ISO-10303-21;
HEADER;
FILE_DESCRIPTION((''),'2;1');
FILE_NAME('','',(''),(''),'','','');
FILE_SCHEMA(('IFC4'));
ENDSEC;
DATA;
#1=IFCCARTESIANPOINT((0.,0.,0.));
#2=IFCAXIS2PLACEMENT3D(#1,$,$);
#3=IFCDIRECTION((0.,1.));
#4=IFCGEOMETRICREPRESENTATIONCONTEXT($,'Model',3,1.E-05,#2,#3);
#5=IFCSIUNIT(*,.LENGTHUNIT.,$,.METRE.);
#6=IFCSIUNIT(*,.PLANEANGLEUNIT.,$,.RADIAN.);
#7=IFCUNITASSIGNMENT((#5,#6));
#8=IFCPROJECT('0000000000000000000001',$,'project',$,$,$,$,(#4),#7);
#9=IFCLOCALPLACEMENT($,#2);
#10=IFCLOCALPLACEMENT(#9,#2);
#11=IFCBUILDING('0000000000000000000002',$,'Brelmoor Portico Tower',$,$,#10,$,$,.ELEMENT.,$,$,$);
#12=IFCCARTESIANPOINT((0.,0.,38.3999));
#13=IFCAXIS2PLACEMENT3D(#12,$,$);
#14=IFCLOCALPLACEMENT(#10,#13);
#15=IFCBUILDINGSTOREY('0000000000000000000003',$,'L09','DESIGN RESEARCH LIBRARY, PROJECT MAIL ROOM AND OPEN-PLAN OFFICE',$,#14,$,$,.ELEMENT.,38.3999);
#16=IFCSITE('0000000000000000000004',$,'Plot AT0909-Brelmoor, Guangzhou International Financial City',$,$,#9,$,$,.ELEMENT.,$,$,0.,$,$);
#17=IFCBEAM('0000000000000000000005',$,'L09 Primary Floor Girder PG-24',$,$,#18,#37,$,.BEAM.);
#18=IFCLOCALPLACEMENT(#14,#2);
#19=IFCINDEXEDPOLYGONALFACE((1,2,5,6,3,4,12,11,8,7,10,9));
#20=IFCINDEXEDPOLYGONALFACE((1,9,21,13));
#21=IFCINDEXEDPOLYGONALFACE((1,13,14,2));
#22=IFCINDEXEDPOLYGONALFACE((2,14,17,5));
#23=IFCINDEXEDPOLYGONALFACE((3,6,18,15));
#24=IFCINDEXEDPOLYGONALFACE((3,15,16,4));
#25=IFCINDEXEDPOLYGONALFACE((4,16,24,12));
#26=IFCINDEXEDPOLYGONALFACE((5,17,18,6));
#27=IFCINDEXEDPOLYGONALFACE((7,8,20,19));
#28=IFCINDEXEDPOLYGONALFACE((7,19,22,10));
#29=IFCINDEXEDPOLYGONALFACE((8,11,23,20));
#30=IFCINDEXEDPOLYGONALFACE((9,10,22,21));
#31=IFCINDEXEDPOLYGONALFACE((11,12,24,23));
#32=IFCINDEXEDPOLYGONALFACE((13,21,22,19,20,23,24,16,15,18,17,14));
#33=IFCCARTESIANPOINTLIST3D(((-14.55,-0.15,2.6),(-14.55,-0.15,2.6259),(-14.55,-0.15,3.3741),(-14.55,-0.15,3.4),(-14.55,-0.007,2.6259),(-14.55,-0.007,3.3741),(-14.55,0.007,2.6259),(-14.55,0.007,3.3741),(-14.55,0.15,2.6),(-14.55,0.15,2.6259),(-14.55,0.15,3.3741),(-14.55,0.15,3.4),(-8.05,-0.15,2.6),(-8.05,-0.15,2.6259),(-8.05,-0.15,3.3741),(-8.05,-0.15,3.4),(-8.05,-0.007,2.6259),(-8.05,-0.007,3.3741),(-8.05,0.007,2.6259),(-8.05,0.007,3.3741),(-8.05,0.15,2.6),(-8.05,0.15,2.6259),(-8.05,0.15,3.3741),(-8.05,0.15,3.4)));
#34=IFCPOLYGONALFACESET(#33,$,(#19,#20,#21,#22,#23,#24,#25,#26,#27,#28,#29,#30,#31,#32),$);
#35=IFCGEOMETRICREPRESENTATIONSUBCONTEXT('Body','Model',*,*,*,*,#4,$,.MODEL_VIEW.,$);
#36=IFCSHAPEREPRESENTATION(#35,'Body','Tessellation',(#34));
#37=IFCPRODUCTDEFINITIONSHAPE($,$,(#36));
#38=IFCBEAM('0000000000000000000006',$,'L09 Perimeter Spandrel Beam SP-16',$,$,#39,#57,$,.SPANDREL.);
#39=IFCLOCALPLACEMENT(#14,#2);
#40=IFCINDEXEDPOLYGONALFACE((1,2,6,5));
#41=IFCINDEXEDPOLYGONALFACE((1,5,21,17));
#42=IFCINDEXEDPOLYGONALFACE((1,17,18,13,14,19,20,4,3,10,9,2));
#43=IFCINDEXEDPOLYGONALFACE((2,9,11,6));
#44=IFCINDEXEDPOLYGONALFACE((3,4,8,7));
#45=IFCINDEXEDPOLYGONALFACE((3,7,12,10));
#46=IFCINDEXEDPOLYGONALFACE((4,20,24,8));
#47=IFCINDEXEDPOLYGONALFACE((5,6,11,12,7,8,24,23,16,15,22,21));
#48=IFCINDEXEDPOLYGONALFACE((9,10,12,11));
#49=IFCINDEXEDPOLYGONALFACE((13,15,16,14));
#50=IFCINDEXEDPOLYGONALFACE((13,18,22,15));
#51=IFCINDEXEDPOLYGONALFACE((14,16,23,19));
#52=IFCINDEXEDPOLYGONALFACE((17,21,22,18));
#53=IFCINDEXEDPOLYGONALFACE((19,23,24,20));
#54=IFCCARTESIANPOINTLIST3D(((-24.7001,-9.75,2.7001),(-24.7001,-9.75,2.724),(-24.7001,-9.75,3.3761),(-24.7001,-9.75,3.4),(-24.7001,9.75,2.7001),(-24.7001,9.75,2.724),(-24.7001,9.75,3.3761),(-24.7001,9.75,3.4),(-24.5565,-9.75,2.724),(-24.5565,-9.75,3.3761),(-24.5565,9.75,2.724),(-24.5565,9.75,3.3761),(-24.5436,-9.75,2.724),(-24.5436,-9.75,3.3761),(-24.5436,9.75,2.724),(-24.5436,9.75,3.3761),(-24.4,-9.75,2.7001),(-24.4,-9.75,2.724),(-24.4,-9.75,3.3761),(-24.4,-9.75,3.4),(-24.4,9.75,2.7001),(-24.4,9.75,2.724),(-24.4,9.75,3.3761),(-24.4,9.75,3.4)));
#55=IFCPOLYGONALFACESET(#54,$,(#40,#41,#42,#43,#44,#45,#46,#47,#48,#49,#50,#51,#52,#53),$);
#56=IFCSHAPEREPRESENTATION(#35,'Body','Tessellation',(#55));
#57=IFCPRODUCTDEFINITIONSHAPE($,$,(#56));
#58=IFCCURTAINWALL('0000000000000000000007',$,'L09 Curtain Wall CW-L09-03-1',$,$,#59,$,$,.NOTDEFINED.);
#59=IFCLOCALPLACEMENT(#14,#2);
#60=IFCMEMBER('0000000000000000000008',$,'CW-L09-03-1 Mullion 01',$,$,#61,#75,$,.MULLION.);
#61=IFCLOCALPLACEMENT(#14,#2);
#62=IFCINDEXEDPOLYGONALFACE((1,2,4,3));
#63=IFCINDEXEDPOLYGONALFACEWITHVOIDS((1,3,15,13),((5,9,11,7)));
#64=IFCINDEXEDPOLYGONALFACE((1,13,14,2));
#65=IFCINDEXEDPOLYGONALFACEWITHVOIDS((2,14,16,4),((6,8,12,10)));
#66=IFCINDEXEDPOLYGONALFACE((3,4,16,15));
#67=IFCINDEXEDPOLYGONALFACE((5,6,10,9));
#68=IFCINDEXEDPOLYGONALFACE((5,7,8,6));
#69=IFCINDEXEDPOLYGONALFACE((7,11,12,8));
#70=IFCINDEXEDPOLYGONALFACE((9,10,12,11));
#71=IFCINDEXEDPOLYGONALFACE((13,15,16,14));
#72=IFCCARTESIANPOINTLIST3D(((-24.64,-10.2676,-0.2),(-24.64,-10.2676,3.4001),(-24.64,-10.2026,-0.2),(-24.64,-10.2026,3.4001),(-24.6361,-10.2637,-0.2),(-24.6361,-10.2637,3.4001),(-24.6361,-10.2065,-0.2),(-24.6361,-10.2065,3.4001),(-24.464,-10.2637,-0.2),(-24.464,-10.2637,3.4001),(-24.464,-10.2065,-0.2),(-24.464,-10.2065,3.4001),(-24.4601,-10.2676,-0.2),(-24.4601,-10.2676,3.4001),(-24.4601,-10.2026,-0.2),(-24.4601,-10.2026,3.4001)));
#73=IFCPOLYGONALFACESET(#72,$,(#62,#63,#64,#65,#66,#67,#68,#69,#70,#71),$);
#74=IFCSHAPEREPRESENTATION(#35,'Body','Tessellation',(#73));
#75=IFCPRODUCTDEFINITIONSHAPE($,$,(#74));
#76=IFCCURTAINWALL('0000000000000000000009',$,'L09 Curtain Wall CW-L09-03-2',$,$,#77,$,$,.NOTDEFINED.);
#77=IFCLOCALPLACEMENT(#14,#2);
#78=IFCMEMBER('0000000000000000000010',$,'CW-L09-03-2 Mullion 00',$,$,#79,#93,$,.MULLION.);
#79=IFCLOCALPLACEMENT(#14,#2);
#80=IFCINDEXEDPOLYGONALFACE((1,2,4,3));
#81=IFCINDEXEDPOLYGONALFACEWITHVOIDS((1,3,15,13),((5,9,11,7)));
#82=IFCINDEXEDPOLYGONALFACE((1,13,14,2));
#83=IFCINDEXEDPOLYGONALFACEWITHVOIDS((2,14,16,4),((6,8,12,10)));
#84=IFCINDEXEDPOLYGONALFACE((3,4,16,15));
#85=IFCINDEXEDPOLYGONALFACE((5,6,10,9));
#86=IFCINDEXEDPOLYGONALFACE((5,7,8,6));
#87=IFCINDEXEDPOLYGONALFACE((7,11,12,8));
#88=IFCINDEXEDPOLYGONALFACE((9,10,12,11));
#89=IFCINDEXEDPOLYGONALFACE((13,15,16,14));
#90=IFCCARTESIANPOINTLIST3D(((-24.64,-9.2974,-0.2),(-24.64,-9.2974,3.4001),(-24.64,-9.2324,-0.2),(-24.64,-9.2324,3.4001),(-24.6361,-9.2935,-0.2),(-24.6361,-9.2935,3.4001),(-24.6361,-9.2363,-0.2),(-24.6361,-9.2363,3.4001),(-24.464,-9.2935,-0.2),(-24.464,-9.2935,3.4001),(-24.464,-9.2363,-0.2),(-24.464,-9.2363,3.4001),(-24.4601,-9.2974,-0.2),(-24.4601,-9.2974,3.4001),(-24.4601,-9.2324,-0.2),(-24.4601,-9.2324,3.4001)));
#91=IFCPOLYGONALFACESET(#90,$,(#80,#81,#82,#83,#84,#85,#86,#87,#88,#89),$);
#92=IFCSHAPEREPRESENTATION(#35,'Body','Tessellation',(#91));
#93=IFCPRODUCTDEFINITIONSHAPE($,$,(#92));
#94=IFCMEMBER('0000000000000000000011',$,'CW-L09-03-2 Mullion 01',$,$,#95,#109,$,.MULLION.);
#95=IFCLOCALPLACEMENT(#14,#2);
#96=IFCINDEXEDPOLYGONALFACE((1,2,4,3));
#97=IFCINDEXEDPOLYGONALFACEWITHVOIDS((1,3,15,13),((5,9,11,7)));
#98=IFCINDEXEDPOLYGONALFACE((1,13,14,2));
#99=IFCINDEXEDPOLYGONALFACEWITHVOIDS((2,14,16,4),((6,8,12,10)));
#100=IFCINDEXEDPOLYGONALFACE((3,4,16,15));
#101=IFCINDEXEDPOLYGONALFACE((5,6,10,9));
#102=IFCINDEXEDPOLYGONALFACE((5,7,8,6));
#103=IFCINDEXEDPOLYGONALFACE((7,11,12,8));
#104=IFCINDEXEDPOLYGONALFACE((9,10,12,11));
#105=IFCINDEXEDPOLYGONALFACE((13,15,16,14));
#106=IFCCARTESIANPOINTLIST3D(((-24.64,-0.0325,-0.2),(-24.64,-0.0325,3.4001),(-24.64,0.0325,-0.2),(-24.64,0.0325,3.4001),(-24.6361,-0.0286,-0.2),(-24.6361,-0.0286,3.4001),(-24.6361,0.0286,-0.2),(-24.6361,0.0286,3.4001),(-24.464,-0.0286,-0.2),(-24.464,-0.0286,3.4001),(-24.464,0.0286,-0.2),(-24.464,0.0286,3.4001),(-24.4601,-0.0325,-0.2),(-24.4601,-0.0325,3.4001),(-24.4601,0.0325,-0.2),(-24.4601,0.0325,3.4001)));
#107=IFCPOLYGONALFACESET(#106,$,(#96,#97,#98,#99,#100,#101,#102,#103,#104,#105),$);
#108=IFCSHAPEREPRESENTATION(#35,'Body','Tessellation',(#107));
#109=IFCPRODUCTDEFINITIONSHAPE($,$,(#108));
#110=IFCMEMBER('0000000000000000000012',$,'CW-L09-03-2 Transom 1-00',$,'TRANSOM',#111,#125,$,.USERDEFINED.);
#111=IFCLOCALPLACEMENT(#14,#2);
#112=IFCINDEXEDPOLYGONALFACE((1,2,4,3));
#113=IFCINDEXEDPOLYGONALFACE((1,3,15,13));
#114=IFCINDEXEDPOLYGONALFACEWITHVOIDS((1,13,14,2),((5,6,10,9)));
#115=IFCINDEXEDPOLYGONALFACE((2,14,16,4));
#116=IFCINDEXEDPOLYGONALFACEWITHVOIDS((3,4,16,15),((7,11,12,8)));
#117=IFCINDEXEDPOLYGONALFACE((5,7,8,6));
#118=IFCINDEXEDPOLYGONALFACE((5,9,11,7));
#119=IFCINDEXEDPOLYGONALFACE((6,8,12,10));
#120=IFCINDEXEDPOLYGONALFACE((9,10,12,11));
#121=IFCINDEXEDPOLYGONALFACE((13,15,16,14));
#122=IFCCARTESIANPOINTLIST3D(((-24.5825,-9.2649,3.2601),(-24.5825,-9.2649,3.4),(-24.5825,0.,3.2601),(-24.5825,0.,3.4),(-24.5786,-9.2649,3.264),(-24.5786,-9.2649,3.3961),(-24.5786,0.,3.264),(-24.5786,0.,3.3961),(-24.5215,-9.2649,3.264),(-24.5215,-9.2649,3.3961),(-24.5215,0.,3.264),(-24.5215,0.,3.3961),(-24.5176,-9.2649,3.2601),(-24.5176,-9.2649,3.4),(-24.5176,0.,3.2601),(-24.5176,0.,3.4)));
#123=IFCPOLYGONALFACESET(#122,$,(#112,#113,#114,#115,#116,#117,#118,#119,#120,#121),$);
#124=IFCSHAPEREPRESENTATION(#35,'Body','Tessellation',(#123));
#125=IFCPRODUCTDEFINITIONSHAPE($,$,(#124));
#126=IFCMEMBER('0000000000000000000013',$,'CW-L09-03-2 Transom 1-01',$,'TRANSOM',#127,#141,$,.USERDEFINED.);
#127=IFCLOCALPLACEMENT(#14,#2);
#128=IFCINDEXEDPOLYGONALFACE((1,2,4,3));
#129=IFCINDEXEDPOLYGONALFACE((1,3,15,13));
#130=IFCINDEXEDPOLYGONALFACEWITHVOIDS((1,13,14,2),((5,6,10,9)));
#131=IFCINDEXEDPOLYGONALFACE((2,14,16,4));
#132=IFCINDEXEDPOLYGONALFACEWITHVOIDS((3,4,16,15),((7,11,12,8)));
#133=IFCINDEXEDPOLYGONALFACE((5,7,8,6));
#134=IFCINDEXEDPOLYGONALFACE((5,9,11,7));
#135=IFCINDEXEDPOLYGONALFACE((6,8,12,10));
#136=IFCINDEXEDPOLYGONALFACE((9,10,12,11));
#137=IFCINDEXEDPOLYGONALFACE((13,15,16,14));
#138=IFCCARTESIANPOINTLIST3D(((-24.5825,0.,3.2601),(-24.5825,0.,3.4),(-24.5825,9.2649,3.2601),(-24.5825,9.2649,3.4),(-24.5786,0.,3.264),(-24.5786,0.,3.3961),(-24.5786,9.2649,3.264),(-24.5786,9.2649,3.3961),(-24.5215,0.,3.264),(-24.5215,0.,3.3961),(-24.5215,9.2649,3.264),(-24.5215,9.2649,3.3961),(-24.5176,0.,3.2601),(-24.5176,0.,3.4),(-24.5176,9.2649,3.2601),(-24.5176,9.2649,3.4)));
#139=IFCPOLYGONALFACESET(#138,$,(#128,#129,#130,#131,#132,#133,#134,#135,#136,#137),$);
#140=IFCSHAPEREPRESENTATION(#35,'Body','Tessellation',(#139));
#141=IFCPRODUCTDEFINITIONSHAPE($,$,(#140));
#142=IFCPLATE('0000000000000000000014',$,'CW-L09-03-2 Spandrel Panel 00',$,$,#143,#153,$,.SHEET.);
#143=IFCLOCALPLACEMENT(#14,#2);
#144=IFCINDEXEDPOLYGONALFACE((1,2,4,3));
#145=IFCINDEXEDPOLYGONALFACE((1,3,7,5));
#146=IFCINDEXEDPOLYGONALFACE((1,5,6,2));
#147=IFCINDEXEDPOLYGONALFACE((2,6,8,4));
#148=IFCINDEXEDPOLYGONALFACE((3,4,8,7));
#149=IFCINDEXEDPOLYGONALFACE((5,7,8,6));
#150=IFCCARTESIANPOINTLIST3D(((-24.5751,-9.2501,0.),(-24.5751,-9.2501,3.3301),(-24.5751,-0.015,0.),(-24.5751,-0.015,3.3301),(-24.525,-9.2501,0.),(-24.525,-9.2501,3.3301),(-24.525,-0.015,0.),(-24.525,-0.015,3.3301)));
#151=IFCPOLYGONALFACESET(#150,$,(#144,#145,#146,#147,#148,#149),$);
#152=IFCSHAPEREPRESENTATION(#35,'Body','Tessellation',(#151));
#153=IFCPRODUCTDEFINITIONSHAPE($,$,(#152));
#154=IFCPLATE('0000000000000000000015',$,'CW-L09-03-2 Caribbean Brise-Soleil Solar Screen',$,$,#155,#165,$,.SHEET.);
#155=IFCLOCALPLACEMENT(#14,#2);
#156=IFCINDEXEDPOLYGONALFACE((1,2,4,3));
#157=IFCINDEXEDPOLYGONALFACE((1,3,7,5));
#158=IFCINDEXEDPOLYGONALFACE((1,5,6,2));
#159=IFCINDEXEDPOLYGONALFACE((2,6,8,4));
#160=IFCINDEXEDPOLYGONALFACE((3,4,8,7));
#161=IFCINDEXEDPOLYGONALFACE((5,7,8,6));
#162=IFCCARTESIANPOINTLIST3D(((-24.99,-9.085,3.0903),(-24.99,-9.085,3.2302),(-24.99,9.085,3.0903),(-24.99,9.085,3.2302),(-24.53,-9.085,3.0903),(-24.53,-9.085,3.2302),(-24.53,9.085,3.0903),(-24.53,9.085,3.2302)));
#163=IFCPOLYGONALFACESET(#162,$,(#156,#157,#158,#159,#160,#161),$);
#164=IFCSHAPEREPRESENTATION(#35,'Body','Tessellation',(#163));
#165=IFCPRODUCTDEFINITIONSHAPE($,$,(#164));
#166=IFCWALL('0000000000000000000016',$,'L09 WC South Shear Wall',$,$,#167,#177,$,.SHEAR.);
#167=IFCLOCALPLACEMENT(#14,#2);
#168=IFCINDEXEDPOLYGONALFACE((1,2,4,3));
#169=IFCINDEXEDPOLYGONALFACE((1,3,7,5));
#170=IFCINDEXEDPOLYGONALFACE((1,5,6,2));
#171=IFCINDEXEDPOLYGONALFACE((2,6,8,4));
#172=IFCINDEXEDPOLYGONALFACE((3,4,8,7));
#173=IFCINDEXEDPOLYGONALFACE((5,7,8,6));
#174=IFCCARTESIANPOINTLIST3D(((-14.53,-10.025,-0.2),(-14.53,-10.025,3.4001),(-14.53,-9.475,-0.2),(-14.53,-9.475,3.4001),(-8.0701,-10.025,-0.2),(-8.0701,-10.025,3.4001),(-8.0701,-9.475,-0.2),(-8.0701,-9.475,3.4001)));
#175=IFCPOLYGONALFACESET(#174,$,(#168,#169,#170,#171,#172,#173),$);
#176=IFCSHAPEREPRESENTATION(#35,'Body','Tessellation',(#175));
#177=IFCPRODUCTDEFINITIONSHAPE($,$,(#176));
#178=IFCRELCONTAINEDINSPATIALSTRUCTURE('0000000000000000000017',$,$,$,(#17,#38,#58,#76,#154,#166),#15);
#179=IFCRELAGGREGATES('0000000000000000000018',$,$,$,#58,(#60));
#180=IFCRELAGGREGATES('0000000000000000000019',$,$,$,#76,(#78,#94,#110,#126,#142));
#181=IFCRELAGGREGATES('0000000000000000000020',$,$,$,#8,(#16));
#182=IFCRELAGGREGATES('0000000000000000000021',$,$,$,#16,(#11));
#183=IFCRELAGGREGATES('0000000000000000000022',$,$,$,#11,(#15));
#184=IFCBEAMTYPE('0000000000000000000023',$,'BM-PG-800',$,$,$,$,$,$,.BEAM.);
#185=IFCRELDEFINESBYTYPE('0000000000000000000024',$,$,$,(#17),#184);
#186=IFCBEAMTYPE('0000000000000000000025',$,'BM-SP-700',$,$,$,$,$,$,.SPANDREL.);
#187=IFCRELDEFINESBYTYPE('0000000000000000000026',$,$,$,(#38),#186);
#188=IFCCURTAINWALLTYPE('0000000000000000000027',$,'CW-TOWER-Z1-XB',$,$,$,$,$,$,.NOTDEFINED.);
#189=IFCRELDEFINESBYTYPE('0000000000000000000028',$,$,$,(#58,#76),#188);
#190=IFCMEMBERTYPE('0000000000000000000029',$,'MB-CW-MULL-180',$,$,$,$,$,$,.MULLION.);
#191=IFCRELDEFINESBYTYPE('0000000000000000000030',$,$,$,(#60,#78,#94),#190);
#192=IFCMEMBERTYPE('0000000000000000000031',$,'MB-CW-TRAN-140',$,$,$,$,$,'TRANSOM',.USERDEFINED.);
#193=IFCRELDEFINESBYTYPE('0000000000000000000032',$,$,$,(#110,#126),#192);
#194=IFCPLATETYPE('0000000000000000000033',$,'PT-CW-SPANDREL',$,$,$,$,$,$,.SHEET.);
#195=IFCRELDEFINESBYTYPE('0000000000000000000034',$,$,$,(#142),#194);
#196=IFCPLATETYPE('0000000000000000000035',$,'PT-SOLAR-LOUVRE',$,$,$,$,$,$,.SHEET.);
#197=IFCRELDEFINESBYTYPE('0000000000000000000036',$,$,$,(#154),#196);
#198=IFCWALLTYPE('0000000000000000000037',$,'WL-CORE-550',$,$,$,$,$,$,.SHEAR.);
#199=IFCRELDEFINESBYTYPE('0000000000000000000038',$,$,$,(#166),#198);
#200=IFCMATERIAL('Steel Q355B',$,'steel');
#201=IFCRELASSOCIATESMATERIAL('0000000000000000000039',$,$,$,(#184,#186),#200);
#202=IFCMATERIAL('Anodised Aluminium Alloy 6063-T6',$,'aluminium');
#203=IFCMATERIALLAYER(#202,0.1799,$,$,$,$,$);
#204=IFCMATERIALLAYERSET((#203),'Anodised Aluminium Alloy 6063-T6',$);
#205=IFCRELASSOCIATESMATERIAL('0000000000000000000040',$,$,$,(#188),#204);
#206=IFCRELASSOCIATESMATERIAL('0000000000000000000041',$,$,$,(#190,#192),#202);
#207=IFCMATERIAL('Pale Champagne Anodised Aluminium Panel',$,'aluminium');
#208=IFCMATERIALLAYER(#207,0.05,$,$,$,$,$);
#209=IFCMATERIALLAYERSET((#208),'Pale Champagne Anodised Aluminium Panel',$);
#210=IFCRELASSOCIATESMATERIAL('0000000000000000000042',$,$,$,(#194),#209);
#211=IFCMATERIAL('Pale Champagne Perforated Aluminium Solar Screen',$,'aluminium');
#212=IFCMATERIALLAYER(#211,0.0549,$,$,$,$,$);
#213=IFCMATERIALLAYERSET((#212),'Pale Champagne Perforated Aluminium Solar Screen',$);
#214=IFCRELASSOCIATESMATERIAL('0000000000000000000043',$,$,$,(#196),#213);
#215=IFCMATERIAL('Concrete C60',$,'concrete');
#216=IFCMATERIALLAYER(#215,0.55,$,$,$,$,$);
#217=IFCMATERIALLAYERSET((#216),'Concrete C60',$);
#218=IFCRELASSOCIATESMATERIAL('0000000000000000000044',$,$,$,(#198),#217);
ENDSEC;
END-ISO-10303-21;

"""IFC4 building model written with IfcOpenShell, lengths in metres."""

from ifc_helpers import new_model, si_unit, direction, frame, frame_2d, origin, origin_2d, place, context, subcontext, project, spatial, rectangle, hollow_rectangle, i_section, extrude, material, layer, layer_set, material_profile, profile_set, type_object, element, aggregate, save


model = new_model("IFC4")

# Units and contexts
model_context = context("Model", 3, precision=1e-05, world=origin(), true_north=direction((0.0, 1.0)))
body_context = subcontext(model_context, "Body", "Model", "MODEL_VIEW")
ifc_project = project(units=[si_unit("LENGTHUNIT", "METRE"), si_unit("PLANEANGLEUNIT", "RADIAN")], contexts=[model_context])

# Site, building, storey
site_placement = place(None, origin())
site = spatial("IfcSite", under=ifc_project, at=site_placement, Name="Plot AT0909-Brelmoor, Guangzhou International Financial City", CompositionType="ELEMENT", RefElevation=0.0)
building_placement = place(site_placement, origin())
building = spatial("IfcBuilding", under=site, at=building_placement, Name="Brelmoor Portico Tower", CompositionType="ELEMENT")
storey_placement = place(building_placement, frame((0.0, 0.0, 38.3999)))
storey = spatial("IfcBuildingStorey", under=building, at=storey_placement, Name="L09", Description="DESIGN RESEARCH LIBRARY, PROJECT MAIL ROOM AND OPEN-PLAN OFFICE", CompositionType="ELEMENT", Elevation=38.3999)

# Shared definitions
ifc_material_1 = material(Name="Steel Q355B", Category="steel")

# Beams
ifc_material_profile_1 = material_profile(ifc_material_1, i_section(OverallWidth=0.3, OverallDepth=0.8, WebThickness=0.0139, FlangeThickness=0.0259, at=origin_2d()), Name="HN 800x300x14x26")
ifc_profile_set_1 = profile_set([ifc_material_profile_1], Name="Steel Q355B")
beam_type_1 = type_object("IfcBeamType", Name="BM-PG-800", PredefinedType="BEAM", material=ifc_profile_set_1)
for number, where, z_axis, x_axis, name in (
    (1, (-14.55, 0.0, 3.0), (1.0, 0.0, 0.0), (0.0, 1.0, 0.0), "L09 Primary Floor Girder PG-24"),
):
    element("IfcBeam", number, at=place(storey_placement, frame(where, z_axis=z_axis, x_axis=x_axis)), inside=storey, type_object=beam_type_1, Name=name, PredefinedType="BEAM", context=body_context, shape_type="SweptSolid", body=[
        extrude(i_section(OverallWidth=0.3, OverallDepth=0.8, WebThickness=0.0139, FlangeThickness=0.0259, at=origin_2d()), origin(), (0.0, 0.0, 1.0), 6.5),
    ])
ifc_material_profile_2 = material_profile(ifc_material_1, i_section(OverallWidth=0.3, OverallDepth=0.7, WebThickness=0.0129, FlangeThickness=0.0239, at=origin_2d()), Name="HN 700x300x13x24")
ifc_profile_set_2 = profile_set([ifc_material_profile_2], Name="Steel Q355B")
beam_type_2 = type_object("IfcBeamType", Name="BM-SP-700", PredefinedType="SPANDREL", material=ifc_profile_set_2)
beam_1_placement = place(storey_placement, frame((-24.55, -9.75, 3.05), z_axis=(0.0, 1.0, 0.0), x_axis=(-1.0, 0.0, 0.0)))
element("IfcBeam", 2, at=beam_1_placement, inside=storey, type_object=beam_type_2, Name="L09 Perimeter Spandrel Beam SP-16", PredefinedType="SPANDREL", context=body_context, shape_type="SweptSolid", body=[
    extrude(i_section(OverallWidth=0.3, OverallDepth=0.7, WebThickness=0.0129, FlangeThickness=0.0239, at=origin_2d()), origin(), (0.0, 0.0, 1.0), 19.5),
])

# Curtain wall, member
ifc_material_2 = material(Name="Anodised Aluminium Alloy 6063-T6", Category="aluminium")
ifc_layer_1 = layer(ifc_material_2, 0.1799)
ifc_layer_set_1 = layer_set([ifc_layer_1], Name="Anodised Aluminium Alloy 6063-T6")
curtain_wall_type = type_object("IfcCurtainWallType", Name="CW-TOWER-Z1-XB", PredefinedType="NOTDEFINED", material=ifc_layer_set_1)
curtain_wall_1_placement = place(storey_placement, origin())
curtain_wall_1 = element("IfcCurtainWall", 3, at=curtain_wall_1_placement, inside=storey, type_object=curtain_wall_type, Name="L09 Curtain Wall CW-L09-03-1", PredefinedType="NOTDEFINED")
ifc_material_profile_3 = material_profile(ifc_material_2, hollow_rectangle(XDim=0.0649, YDim=0.1799, WallThickness=0.0039, at=origin_2d()), Name="ALU MULLION 65x180")
ifc_profile_set_3 = profile_set([ifc_material_profile_3], Name="Anodised Aluminium Alloy 6063-T6")
member_type_1 = type_object("IfcMemberType", Name="MB-CW-MULL-180", PredefinedType="MULLION", material=ifc_profile_set_3)
member_1_placement = place(storey_placement, frame((-24.55, -10.2351, -0.2), z_axis=(0.0, 0.0, 1.0), x_axis=(0.0, 1.0, 0.0)))
member_1 = element("IfcMember", 4, at=member_1_placement, type_object=member_type_1, Name="CW-L09-03-1 Mullion 01", PredefinedType="MULLION", context=body_context, shape_type="SweptSolid", body=[
    extrude(hollow_rectangle(XDim=0.0649, YDim=0.1799, WallThickness=0.0039, at=origin_2d()), origin(), (0.0, 0.0, 1.0), 3.6001),
])
aggregate(curtain_wall_1, [member_1])

# Curtain wall, members, plate
curtain_wall_2_placement = place(storey_placement, origin())
curtain_wall_2 = element("IfcCurtainWall", 5, at=curtain_wall_2_placement, inside=storey, type_object=curtain_wall_type, Name="L09 Curtain Wall CW-L09-03-2", PredefinedType="NOTDEFINED")
member_2_placement = place(storey_placement, frame((-24.55, -9.2649, -0.2), z_axis=(0.0, 0.0, 1.0), x_axis=(0.0, 1.0, 0.0)))
member_2 = element("IfcMember", 6, at=member_2_placement, type_object=member_type_1, Name="CW-L09-03-2 Mullion 00", PredefinedType="MULLION", context=body_context, shape_type="SweptSolid", body=[
    extrude(hollow_rectangle(XDim=0.0649, YDim=0.1799, WallThickness=0.0039, at=origin_2d()), origin(), (0.0, 0.0, 1.0), 3.6001),
])
member_3_placement = place(storey_placement, frame((-24.55, 0.0, -0.2), z_axis=(0.0, 0.0, 1.0), x_axis=(0.0, 1.0, 0.0)))
member_3 = element("IfcMember", 7, at=member_3_placement, type_object=member_type_1, Name="CW-L09-03-2 Mullion 01", PredefinedType="MULLION", context=body_context, shape_type="SweptSolid", body=[
    extrude(hollow_rectangle(XDim=0.0649, YDim=0.1799, WallThickness=0.0039, at=origin_2d()), origin(), (0.0, 0.0, 1.0), 3.6001),
])
ifc_material_profile_4 = material_profile(ifc_material_2, hollow_rectangle(XDim=0.0649, YDim=0.1399, WallThickness=0.0039, at=origin_2d()), Name="ALU TRANSOM 65x140")
ifc_profile_set_4 = profile_set([ifc_material_profile_4], Name="Anodised Aluminium Alloy 6063-T6")
member_type_2 = type_object("IfcMemberType", Name="MB-CW-TRAN-140", ElementType="TRANSOM", PredefinedType="USERDEFINED", material=ifc_profile_set_4)
member_4_placement = place(storey_placement, frame((-24.55, -9.2649, 3.3301), z_axis=(0.0, 1.0, 0.0), x_axis=(-1.0, 0.0, 0.0)))
member_4 = element("IfcMember", 8, at=member_4_placement, type_object=member_type_2, Name="CW-L09-03-2 Transom 1-00", ObjectType="TRANSOM", PredefinedType="USERDEFINED", context=body_context, shape_type="SweptSolid", body=[
    extrude(hollow_rectangle(XDim=0.0649, YDim=0.1399, WallThickness=0.0039, at=origin_2d()), origin(), (0.0, 0.0, 1.0), 9.2649),
])
member_5_placement = place(storey_placement, frame((-24.55, 0.0, 3.3301), z_axis=(0.0, 1.0, 0.0), x_axis=(-1.0, 0.0, 0.0)))
member_5 = element("IfcMember", 9, at=member_5_placement, type_object=member_type_2, Name="CW-L09-03-2 Transom 1-01", ObjectType="TRANSOM", PredefinedType="USERDEFINED", context=body_context, shape_type="SweptSolid", body=[
    extrude(hollow_rectangle(XDim=0.0649, YDim=0.1399, WallThickness=0.0039, at=origin_2d()), origin(), (0.0, 0.0, 1.0), 9.2649),
])
ifc_material_3 = material(Name="Pale Champagne Anodised Aluminium Panel", Category="aluminium")
ifc_layer_2 = layer(ifc_material_3, 0.05)
ifc_layer_set_2 = layer_set([ifc_layer_2], Name="Pale Champagne Anodised Aluminium Panel")
plate_type_1 = type_object("IfcPlateType", Name="PT-CW-SPANDREL", PredefinedType="SHEET", material=ifc_layer_set_2)
plate_1_placement = place(storey_placement, frame((-24.55, -4.6326, 0.0), z_axis=(0.0, 0.0, 1.0), x_axis=(0.0, 1.0, 0.0)))
plate_1 = element("IfcPlate", 10, at=plate_1_placement, type_object=plate_type_1, Name="CW-L09-03-2 Spandrel Panel 00", PredefinedType="SHEET", context=body_context, shape_type="SweptSolid", body=[
    extrude(rectangle(XDim=9.2351, YDim=0.05, at=origin_2d()), origin(), (0.0, 0.0, 1.0), 3.3301),
])
aggregate(curtain_wall_2, [member_2, member_3, member_4, member_5, plate_1])

# Plate
ifc_material_4 = material(Name="Pale Champagne Perforated Aluminium Solar Screen", Category="aluminium")
ifc_layer_3 = layer(ifc_material_4, 0.0549)
ifc_layer_set_3 = layer_set([ifc_layer_3], Name="Pale Champagne Perforated Aluminium Solar Screen")
plate_type_2 = type_object("IfcPlateType", Name="PT-SOLAR-LOUVRE", PredefinedType="SHEET", material=ifc_layer_set_3)
plate_2_placement = place(storey_placement, frame((-24.76, 0.0, 3.0903), z_axis=(0.0, 0.0, 1.0), x_axis=(0.0, 1.0, 0.0)))
element("IfcPlate", 11, at=plate_2_placement, inside=storey, type_object=plate_type_2, Name="CW-L09-03-2 Caribbean Brise-Soleil Solar Screen", PredefinedType="SHEET", context=body_context, shape_type="SweptSolid", body=[
    extrude(rectangle(XDim=18.1699, YDim=0.46, at=origin_2d()), origin(), (0.0, 0.0, 1.0), 0.1399),
])

# Wall
ifc_material_5 = material(Name="Concrete C60", Category="concrete")
ifc_layer_4 = layer(ifc_material_5, 0.55)
ifc_layer_set_4 = layer_set([ifc_layer_4], Name="Concrete C60")
wall_type_1 = type_object("IfcWallType", Name="WL-CORE-550", PredefinedType="SHEAR", material=ifc_layer_set_4)
wall_1_placement = place(storey_placement, frame((-14.53, -9.75, -0.2), z_axis=(0.0, 0.0, 1.0), x_axis=(1.0, 0.0, 0.0)))
element("IfcWall", 12, at=wall_1_placement, inside=storey, type_object=wall_type_1, Name="L09 WC South Shear Wall", PredefinedType="SHEAR", context=body_context, shape_type="SweptSolid", body=[
    extrude(rectangle(XDim=6.46, YDim=0.55, at=frame_2d((3.23, 0.0))), origin(), (0.0, 0.0, 1.0), 3.6001),
])

save(model, "model.ifc")
